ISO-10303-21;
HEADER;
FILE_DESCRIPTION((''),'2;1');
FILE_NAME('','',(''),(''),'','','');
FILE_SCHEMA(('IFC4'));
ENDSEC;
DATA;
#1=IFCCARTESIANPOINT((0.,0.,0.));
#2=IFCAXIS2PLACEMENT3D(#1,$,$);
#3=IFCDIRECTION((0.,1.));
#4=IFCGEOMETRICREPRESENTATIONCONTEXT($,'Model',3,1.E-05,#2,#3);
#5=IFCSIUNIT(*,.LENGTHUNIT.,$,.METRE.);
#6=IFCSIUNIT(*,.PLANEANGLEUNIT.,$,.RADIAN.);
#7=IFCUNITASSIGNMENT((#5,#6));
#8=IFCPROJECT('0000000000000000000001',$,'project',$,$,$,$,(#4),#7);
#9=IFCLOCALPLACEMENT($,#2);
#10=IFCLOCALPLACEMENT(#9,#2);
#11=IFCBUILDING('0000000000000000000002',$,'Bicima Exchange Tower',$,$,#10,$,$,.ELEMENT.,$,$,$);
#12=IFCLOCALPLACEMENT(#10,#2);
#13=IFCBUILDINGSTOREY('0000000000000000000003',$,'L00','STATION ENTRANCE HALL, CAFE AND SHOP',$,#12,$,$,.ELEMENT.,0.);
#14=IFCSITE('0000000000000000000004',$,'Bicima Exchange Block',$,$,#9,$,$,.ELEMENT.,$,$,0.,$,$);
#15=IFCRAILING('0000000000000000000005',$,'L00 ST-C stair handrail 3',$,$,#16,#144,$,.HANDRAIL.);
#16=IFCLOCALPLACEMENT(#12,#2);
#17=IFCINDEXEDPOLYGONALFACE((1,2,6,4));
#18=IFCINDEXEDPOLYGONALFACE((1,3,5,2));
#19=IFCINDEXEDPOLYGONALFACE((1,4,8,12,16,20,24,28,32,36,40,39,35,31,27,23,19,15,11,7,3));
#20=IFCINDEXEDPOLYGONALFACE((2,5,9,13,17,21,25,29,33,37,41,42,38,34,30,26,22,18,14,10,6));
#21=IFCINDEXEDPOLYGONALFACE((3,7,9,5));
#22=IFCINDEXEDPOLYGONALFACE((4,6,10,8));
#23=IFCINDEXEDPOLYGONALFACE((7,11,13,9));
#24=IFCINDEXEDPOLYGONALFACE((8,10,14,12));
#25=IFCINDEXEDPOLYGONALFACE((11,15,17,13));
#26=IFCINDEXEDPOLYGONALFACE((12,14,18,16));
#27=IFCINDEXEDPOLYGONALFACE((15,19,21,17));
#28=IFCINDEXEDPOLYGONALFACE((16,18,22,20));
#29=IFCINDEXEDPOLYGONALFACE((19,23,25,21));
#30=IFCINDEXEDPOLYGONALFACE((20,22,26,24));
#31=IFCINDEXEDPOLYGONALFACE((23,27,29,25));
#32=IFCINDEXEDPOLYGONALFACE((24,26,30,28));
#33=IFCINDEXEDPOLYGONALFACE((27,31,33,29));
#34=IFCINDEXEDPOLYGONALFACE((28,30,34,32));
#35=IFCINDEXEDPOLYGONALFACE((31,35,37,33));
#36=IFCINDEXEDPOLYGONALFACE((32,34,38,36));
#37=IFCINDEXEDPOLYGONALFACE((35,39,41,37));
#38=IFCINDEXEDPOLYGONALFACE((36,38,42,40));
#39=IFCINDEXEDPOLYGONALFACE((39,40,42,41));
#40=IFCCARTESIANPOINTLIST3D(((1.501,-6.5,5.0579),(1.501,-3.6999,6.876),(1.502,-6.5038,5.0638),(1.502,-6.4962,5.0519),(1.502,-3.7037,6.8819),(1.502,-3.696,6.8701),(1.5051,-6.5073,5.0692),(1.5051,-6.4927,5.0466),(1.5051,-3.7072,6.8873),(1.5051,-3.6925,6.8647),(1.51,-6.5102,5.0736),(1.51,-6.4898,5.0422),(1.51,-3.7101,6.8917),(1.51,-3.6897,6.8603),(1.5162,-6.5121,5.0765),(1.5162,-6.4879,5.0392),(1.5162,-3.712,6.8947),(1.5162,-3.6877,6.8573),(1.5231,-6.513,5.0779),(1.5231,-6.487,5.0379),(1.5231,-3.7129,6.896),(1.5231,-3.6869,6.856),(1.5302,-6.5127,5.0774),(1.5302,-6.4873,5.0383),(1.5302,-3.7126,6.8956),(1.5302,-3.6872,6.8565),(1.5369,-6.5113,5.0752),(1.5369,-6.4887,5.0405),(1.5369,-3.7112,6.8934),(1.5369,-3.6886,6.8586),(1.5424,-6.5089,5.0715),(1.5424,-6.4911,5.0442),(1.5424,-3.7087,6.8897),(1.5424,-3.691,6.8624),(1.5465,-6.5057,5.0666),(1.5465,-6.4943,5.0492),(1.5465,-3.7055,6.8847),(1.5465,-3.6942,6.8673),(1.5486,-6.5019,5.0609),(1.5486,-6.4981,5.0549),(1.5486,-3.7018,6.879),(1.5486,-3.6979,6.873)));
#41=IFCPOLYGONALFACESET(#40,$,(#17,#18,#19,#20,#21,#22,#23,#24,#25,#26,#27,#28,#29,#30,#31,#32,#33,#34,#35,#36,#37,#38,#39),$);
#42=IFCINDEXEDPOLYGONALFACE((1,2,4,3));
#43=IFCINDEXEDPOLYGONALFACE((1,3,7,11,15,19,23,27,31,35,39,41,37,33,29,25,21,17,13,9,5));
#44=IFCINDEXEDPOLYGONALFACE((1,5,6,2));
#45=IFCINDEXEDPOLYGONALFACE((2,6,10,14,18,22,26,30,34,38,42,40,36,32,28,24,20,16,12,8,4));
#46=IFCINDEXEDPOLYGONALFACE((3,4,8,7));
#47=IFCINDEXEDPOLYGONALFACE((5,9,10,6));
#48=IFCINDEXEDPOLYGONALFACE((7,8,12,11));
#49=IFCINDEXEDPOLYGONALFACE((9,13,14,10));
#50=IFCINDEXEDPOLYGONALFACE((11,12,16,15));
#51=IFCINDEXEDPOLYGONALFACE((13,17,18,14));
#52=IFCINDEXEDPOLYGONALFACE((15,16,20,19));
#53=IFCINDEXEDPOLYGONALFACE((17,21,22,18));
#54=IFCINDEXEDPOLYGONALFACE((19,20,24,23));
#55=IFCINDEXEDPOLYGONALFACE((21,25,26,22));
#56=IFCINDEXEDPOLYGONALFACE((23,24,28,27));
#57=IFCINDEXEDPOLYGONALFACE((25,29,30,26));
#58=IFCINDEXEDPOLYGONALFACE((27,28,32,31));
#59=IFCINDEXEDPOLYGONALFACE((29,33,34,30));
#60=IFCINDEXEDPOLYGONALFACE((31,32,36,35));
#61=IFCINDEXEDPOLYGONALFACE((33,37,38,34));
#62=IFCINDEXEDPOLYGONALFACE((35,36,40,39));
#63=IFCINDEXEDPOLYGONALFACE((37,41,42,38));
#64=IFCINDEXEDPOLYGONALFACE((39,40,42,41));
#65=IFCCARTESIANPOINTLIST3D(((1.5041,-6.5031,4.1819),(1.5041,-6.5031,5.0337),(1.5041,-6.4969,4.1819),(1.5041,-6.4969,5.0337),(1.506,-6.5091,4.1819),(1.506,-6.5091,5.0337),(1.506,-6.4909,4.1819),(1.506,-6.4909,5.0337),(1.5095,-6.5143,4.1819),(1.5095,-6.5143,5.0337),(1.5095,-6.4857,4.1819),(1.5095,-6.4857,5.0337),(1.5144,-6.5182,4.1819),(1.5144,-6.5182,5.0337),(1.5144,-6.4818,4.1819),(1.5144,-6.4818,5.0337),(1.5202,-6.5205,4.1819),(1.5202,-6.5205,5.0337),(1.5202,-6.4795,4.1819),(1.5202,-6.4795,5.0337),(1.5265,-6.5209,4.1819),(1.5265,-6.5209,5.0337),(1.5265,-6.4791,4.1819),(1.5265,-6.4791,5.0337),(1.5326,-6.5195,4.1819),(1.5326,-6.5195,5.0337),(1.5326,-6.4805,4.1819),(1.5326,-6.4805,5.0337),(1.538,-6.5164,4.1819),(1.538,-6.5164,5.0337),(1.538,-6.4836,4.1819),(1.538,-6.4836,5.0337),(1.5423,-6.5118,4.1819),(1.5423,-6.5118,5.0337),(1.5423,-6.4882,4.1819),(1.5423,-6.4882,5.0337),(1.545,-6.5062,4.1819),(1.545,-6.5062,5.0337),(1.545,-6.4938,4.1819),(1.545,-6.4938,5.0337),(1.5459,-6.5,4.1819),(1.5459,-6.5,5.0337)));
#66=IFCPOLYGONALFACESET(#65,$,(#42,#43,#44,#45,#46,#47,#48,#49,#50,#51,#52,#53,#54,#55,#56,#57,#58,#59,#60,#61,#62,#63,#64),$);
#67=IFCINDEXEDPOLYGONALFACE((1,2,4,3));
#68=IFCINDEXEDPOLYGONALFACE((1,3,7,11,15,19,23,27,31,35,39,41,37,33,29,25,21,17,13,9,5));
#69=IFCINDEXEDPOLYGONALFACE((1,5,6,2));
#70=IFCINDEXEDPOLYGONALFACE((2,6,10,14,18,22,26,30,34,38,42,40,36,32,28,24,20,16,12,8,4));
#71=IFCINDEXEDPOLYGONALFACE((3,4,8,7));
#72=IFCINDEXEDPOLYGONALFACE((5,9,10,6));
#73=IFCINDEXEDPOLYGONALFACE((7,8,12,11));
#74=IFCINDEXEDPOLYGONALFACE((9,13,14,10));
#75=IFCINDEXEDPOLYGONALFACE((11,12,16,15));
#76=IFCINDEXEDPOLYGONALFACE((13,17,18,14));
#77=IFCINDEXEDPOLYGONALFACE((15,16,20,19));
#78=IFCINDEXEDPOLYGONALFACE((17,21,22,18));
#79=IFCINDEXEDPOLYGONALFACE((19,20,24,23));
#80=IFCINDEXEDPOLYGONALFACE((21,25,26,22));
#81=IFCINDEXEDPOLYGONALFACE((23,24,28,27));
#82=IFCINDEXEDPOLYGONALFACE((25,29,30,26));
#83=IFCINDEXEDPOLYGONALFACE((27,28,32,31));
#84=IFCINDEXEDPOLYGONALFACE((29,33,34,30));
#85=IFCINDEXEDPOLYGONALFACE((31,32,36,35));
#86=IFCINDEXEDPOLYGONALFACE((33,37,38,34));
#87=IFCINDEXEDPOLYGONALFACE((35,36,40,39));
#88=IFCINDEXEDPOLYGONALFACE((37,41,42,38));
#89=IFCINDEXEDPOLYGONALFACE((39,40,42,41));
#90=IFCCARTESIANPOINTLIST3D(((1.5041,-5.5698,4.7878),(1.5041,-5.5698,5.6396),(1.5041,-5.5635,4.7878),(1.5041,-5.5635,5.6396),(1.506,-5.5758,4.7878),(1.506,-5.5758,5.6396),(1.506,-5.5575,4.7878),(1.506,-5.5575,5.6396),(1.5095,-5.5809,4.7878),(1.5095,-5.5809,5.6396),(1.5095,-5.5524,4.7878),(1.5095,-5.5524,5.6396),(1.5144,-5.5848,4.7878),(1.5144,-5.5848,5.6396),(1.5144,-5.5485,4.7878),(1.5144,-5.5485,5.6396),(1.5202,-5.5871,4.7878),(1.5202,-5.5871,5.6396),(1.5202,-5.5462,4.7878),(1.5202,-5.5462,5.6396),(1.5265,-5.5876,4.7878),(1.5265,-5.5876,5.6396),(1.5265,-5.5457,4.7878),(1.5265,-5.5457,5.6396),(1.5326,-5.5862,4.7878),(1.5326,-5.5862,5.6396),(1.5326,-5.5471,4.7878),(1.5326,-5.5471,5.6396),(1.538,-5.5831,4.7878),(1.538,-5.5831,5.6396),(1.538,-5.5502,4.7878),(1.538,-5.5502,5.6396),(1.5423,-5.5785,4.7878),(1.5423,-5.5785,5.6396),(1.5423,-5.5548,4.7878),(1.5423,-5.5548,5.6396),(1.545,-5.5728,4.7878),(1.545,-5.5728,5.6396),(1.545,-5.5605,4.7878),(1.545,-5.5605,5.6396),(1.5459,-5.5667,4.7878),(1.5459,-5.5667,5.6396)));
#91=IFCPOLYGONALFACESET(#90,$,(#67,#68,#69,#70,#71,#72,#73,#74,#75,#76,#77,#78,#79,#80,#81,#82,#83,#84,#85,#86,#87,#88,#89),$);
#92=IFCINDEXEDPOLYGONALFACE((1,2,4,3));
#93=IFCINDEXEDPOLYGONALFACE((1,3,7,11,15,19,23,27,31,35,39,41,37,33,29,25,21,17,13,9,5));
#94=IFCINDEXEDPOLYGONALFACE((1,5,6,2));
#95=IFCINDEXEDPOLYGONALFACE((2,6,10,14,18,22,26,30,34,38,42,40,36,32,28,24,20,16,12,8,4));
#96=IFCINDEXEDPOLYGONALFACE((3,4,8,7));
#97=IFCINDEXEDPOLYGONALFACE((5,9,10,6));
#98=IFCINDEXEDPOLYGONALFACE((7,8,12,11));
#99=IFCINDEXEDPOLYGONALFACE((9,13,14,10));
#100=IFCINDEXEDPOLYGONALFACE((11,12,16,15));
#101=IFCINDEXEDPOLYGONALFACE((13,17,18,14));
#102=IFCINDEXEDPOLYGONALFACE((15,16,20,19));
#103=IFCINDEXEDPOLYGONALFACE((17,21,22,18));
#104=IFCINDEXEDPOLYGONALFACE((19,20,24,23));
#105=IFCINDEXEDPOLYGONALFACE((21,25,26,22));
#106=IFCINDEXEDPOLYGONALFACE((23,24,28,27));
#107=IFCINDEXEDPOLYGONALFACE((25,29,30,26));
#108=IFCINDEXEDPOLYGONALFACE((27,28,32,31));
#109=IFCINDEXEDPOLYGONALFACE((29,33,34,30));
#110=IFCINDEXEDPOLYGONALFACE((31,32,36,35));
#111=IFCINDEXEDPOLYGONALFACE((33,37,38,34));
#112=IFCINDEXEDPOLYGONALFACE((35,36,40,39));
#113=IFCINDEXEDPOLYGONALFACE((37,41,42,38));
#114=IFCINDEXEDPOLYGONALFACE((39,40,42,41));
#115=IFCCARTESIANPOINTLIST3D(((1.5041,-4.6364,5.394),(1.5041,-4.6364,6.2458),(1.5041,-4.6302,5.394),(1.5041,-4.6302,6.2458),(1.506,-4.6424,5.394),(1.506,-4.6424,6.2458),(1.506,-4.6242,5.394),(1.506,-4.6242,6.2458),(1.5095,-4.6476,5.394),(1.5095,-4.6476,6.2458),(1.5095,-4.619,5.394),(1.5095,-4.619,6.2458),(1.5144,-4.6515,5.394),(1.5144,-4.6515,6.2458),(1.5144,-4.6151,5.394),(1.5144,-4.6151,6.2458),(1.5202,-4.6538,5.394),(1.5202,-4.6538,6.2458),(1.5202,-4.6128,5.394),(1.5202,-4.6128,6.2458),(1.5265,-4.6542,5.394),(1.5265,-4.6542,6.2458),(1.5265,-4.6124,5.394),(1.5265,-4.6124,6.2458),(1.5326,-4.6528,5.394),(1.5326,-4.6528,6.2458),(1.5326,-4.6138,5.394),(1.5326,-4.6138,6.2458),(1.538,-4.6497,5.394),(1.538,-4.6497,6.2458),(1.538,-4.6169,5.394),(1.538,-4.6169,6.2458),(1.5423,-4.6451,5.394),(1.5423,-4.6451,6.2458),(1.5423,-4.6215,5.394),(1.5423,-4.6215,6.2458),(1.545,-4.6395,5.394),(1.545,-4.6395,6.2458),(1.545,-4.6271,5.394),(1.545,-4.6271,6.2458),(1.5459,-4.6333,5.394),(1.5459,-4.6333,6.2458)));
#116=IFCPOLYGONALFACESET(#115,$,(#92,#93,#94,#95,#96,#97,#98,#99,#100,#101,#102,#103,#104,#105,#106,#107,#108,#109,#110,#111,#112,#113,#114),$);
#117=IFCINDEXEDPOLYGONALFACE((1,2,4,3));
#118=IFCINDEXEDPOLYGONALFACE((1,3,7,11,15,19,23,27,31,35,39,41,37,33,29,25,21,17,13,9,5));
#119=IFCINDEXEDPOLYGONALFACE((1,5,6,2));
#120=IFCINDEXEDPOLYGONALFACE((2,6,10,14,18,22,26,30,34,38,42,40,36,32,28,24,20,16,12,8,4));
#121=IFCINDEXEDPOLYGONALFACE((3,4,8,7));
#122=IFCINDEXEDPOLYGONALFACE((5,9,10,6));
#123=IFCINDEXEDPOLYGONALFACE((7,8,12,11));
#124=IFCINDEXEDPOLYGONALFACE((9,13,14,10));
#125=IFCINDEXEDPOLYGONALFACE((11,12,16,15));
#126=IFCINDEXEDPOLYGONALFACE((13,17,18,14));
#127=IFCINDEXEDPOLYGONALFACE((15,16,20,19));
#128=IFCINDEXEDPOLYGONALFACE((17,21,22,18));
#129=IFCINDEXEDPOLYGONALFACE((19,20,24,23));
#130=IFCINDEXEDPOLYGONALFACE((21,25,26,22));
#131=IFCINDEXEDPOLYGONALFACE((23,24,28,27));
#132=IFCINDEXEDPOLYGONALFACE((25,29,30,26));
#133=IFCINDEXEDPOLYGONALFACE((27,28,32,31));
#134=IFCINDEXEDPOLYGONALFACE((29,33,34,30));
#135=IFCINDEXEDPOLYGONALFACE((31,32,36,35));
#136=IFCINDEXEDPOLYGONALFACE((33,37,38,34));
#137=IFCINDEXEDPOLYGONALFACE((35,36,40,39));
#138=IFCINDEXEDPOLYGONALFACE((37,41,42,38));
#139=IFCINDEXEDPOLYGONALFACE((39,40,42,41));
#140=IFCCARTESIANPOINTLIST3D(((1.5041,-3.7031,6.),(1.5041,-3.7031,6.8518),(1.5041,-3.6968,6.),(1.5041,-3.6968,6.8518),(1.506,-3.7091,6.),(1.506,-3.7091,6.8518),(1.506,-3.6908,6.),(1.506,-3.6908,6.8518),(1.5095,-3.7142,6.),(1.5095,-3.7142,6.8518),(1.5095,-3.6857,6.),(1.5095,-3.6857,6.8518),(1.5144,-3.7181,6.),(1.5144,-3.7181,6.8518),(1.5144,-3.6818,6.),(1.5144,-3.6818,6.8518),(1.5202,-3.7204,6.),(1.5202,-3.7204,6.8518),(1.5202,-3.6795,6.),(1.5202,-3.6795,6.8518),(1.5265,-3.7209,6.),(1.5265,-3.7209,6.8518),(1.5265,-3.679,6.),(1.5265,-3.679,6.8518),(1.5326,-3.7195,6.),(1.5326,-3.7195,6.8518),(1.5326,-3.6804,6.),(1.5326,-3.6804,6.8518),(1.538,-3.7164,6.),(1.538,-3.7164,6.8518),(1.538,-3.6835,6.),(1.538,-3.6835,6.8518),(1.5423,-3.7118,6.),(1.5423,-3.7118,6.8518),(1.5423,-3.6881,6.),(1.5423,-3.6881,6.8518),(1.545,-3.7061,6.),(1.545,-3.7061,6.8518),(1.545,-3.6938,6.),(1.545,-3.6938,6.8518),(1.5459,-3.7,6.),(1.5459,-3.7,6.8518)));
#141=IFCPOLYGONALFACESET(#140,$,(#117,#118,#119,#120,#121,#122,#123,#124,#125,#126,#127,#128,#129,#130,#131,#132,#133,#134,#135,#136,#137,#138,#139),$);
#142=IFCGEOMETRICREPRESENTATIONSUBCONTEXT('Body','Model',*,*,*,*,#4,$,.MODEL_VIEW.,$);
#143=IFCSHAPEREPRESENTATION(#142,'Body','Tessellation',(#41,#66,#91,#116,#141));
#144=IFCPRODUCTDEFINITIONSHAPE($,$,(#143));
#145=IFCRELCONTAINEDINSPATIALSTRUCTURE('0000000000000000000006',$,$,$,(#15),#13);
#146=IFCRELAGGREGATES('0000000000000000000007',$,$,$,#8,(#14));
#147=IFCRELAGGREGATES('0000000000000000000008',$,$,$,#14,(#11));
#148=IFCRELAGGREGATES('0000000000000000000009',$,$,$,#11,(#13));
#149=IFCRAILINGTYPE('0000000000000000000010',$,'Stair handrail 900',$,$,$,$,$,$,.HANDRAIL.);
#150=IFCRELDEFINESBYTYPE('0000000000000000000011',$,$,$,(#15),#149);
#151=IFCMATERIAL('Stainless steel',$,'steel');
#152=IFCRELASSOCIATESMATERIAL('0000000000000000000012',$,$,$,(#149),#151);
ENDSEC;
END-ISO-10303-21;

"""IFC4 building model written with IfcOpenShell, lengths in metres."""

from ifc_helpers import new_model, si_unit, direction, frame, origin, origin_2d, place, context, subcontext, project, spatial, circle, extrude, material, type_object, element, save


model = new_model("IFC4")

# Units and contexts
model_context = context("Model", 3, precision=1e-05, world=origin(), true_north=direction((0.0, 1.0)))
body_context = subcontext(model_context, "Body", "Model", "MODEL_VIEW")
ifc_project = project(units=[si_unit("LENGTHUNIT", "METRE"), si_unit("PLANEANGLEUNIT", "RADIAN")], contexts=[model_context])

# Site, building, storey
site_placement = place(None, origin())
site = spatial("IfcSite", under=ifc_project, at=site_placement, Name="Bicima Exchange Block", CompositionType="ELEMENT", RefElevation=0.0)
building_placement = place(site_placement, origin())
building = spatial("IfcBuilding", under=site, at=building_placement, Name="Bicima Exchange Tower", CompositionType="ELEMENT")
storey_placement = place(building_placement, origin())
storey = spatial("IfcBuildingStorey", under=building, at=storey_placement, Name="L00", Description="STATION ENTRANCE HALL, CAFE AND SHOP", CompositionType="ELEMENT", Elevation=0.0)

# Shared definitions
ifc_material_1 = material(Name="Stainless steel", Category="steel")

# Railing
railing_type = type_object("IfcRailingType", Name="Stair handrail 900", PredefinedType="HANDRAIL", material=ifc_material_1)
for number, where, name in (
    (1, (1.5249, -6.5, 4.1819), "L00 ST-C stair handrail 3"),
):
    element("IfcRailing", number, at=place(storey_placement, frame(where)), inside=storey, type_object=railing_type, Name=name, PredefinedType="HANDRAIL", context=body_context, shape_type="SweptSolid", body=[
        extrude(circle(Radius=0.0239, at=origin_2d()), frame((0.0, 0.0, 0.876), z_axis=(0.0, 0.838706, 0.544585), x_axis=(-1.0, 0.0, 0.0)), (0.0, 0.0, 1.0), 3.3386),
        extrude(circle(Radius=0.021, at=origin_2d()), origin(), (0.0, 0.0, 1.0), 0.8518),
        extrude(circle(Radius=0.021, at=origin_2d()), frame((0.0, 0.9333, 0.606)), (0.0, 0.0, 1.0), 0.8518),
        extrude(circle(Radius=0.021, at=origin_2d()), frame((0.0, 1.8667, 1.2122)), (0.0, 0.0, 1.0), 0.8518),
        extrude(circle(Radius=0.021, at=origin_2d()), frame((0.0, 2.8, 1.8181)), (0.0, 0.0, 1.0), 0.8518),
    ])

save(model, "model.ifc")
